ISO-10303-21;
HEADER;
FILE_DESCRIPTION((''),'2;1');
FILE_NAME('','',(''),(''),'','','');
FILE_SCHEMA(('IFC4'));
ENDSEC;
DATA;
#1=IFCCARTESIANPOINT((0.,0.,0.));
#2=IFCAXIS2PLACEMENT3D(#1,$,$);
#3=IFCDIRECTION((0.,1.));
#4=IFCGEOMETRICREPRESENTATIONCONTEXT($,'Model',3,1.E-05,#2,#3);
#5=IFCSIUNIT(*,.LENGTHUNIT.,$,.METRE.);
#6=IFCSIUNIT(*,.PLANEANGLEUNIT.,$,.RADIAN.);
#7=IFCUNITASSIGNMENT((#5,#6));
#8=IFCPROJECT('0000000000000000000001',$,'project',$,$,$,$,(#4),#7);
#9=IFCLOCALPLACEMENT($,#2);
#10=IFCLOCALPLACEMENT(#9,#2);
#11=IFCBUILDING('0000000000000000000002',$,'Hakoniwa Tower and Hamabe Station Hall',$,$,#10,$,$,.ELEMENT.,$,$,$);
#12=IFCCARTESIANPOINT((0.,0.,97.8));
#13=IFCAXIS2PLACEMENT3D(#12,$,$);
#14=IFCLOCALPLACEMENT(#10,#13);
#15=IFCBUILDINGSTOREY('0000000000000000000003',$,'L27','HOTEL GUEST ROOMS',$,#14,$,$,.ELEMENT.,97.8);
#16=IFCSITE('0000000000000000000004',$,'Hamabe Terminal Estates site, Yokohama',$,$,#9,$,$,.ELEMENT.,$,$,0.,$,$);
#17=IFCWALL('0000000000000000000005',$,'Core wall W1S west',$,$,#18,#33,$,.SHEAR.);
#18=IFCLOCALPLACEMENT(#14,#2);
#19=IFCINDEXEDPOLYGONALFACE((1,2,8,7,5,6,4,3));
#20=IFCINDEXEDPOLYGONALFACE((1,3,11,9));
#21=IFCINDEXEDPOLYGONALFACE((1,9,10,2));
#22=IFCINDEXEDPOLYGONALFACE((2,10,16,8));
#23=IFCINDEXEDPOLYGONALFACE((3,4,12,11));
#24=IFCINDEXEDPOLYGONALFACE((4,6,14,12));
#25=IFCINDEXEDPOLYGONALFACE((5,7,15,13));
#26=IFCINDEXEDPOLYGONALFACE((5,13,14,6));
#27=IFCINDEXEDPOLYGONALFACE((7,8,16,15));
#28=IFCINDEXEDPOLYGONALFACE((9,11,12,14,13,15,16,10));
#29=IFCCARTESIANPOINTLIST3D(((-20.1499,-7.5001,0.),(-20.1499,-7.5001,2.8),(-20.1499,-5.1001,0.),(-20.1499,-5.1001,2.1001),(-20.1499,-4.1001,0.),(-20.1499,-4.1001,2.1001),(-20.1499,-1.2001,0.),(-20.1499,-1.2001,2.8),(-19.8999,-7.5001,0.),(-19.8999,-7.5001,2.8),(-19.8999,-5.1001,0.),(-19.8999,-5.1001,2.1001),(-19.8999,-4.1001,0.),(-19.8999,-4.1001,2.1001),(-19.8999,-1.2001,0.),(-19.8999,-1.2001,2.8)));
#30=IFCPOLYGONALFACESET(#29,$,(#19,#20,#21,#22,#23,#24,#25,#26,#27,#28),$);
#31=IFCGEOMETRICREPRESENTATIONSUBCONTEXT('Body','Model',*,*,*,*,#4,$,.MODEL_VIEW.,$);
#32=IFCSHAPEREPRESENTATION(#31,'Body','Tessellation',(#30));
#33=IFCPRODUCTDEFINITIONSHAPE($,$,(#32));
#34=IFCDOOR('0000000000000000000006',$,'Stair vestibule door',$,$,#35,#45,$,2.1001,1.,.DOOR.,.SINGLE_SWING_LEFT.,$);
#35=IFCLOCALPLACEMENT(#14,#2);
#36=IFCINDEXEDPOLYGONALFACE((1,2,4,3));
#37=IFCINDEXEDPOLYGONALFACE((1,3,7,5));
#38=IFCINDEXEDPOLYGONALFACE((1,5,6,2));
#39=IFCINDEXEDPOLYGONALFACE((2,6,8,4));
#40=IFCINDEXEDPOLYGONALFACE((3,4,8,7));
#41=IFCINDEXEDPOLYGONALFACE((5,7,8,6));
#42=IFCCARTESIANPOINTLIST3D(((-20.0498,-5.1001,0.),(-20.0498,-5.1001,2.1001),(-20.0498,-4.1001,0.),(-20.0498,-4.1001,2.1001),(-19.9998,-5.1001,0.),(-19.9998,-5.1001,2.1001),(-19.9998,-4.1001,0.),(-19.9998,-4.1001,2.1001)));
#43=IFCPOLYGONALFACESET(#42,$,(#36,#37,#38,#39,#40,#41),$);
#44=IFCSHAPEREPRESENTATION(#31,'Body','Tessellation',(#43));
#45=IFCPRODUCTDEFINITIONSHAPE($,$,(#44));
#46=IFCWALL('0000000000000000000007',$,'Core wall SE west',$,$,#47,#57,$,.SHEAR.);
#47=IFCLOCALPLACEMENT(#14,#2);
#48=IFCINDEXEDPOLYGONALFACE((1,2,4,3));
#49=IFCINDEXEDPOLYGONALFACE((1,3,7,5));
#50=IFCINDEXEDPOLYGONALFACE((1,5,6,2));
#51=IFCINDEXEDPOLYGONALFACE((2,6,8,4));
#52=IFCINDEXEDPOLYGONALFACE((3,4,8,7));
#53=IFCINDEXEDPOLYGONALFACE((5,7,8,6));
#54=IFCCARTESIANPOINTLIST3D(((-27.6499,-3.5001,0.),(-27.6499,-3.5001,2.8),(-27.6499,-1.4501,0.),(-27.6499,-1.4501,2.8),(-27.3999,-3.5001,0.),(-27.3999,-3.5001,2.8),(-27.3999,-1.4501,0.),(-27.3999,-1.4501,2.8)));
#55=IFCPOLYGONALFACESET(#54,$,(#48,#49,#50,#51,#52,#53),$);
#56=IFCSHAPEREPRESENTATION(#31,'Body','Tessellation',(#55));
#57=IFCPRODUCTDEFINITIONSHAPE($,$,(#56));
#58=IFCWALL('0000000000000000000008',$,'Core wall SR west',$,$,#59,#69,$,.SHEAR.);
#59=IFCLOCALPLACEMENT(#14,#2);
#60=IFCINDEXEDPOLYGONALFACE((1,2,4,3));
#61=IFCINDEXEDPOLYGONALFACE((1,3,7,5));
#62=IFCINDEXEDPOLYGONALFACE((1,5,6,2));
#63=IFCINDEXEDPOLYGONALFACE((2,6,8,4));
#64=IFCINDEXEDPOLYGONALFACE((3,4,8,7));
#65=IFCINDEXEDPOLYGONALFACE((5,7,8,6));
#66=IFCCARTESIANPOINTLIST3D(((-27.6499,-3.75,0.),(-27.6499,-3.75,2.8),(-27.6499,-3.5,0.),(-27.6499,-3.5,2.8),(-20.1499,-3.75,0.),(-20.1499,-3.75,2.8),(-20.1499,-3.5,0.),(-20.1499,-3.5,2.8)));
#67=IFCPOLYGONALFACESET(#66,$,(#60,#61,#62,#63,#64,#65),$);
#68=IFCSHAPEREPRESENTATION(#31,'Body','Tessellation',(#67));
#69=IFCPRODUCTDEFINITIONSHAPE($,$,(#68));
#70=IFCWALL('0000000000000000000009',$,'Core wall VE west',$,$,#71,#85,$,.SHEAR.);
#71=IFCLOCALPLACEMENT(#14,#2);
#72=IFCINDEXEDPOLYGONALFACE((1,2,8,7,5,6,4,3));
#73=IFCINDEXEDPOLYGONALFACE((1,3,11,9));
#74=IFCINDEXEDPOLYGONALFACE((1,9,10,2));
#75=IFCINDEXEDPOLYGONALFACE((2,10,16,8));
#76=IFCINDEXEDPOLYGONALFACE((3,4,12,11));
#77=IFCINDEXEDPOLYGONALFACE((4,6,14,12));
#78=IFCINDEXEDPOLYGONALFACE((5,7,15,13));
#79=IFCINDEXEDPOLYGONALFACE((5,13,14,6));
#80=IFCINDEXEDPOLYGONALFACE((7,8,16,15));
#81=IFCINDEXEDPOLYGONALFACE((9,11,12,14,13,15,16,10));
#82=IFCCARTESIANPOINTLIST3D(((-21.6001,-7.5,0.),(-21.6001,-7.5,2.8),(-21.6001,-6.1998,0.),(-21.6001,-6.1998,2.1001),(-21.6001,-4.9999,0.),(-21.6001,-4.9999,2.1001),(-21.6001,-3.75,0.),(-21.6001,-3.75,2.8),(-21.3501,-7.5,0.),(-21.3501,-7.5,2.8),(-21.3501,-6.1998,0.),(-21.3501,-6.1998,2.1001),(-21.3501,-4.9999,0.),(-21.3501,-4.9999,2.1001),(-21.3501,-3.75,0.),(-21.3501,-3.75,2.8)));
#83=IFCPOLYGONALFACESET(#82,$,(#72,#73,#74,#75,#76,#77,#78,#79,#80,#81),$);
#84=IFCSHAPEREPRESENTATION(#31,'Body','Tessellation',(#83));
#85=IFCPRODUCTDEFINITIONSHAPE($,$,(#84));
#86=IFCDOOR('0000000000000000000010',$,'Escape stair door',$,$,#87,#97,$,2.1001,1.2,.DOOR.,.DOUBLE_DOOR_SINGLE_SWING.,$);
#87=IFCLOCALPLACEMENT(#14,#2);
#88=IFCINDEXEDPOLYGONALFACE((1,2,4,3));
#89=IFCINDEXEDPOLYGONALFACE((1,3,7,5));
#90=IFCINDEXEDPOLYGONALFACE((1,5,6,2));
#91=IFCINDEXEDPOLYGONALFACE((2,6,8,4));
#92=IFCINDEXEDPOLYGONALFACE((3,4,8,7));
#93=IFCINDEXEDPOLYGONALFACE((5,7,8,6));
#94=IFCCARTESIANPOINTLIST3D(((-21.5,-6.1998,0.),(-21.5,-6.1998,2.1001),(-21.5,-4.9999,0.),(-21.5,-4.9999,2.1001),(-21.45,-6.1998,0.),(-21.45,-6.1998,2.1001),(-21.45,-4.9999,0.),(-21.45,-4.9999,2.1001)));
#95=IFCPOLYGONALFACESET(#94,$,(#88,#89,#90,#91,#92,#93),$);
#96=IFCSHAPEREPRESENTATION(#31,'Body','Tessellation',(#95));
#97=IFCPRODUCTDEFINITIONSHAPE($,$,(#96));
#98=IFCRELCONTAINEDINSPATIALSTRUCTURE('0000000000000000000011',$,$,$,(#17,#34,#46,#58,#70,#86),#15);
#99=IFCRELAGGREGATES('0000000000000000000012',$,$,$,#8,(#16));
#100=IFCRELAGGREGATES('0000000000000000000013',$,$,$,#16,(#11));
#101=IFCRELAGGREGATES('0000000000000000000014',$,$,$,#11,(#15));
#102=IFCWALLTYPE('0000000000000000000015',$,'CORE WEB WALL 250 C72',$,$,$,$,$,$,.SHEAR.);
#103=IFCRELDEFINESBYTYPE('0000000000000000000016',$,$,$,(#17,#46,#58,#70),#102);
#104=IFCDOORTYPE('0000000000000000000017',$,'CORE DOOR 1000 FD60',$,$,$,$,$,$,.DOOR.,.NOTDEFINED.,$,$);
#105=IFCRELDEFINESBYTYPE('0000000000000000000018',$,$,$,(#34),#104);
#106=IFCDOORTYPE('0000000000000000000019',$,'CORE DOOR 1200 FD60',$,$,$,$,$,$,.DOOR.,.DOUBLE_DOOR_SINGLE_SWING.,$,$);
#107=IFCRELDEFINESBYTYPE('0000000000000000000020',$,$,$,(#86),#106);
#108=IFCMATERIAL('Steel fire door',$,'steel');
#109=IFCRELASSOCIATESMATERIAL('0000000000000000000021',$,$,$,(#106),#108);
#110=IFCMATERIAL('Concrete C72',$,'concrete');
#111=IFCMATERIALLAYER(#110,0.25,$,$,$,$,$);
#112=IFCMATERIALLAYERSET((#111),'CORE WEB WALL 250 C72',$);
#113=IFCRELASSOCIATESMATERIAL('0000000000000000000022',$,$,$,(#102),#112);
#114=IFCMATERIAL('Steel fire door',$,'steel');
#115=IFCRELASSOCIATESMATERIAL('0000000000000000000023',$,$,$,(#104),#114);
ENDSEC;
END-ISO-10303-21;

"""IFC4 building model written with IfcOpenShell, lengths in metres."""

from ifc_helpers import new_model, si_unit, direction, frame, frame_2d, origin, place, context, subcontext, project, spatial, rectangle, extrude, material, layer, layer_set, type_object, element, fill, save


model = new_model("IFC4")

# Units and contexts
model_context = context("Model", 3, precision=1e-05, world=origin(), true_north=direction((0.0, 1.0)))
body_context = subcontext(model_context, "Body", "Model", "MODEL_VIEW")
ifc_project = project(units=[si_unit("LENGTHUNIT", "METRE"), si_unit("PLANEANGLEUNIT", "RADIAN")], contexts=[model_context])

# Site, building, storey
site_placement = place(None, origin())
site = spatial("IfcSite", under=ifc_project, at=site_placement, Name="Hamabe Terminal Estates site, Yokohama", CompositionType="ELEMENT", RefElevation=0.0)
building_placement = place(site_placement, origin())
building = spatial("IfcBuilding", under=site, at=building_placement, Name="Hakoniwa Tower and Hamabe Station Hall", CompositionType="ELEMENT")
storey_placement = place(building_placement, frame((0.0, 0.0, 97.8)))
storey = spatial("IfcBuildingStorey", under=building, at=storey_placement, Name="L27", Description="HOTEL GUEST ROOMS", CompositionType="ELEMENT", Elevation=97.8)

# Wall, opening, door
ifc_material_1 = material(Name="Steel fire door", Category="steel")
door_type_1 = type_object("IfcDoorType", Name="CORE DOOR 1200 FD60", OperationType="DOUBLE_DOOR_SINGLE_SWING", PredefinedType="DOOR", material=ifc_material_1)
ifc_material_2 = material(Name="Concrete C72", Category="concrete")
ifc_layer_1 = layer(ifc_material_2, 0.25)
ifc_layer_set_1 = layer_set([ifc_layer_1], Name="CORE WEB WALL 250 C72")
wall_type_1 = type_object("IfcWallType", Name="CORE WEB WALL 250 C72", PredefinedType="SHEAR", material=ifc_layer_set_1)
wall_1_placement = place(storey_placement, frame((-20.0249, -7.5, 0.0), z_axis=(0.0, 0.0, 1.0), x_axis=(0.0, 1.0, 0.0)))
wall_1 = element("IfcWall", 1, at=wall_1_placement, inside=storey, type_object=wall_type_1, Name="Core wall W1S west", PredefinedType="SHEAR", context=body_context, shape_type="SweptSolid", body=[
    extrude(rectangle(XDim=6.3, YDim=0.25, at=frame_2d((3.1499, 0.0))), origin(), (0.0, 0.0, 1.0), 2.8),
])
opening_1_placement = place(wall_1_placement, frame((2.3999, 0.0, 0.0)))
opening_1 = element("IfcOpeningElement", 2, at=opening_1_placement, cuts=wall_1, PredefinedType="OPENING", context=body_context, shape_type="SweptSolid", body=[
    extrude(rectangle(XDim=1.0, YDim=2.1001, at=frame_2d((0.5, 1.05))), frame((0.0, 0.135, 0.0), z_axis=(0.0, -1.0, 0.0), x_axis=(1.0, 0.0, 0.0)), (0.0, 0.0, 1.0), 0.27),
])
ifc_material_3 = material(Name="Steel fire door", Category="steel")
door_type_2 = type_object("IfcDoorType", Name="CORE DOOR 1000 FD60", OperationType="NOTDEFINED", PredefinedType="DOOR", material=ifc_material_3)
door_1_placement = place(opening_1_placement, origin())
door_1 = element("IfcDoor", 3, at=door_1_placement, inside=storey, type_object=door_type_2, Name="Stair vestibule door", OperationType="SINGLE_SWING_LEFT", OverallHeight=2.1001, OverallWidth=1.0, PredefinedType="DOOR", context=body_context, shape_type="SweptSolid", body=[
    extrude(rectangle(XDim=1.0, YDim=2.1001, at=frame_2d((0.5, 1.05))), frame((0.0, 0.0249, 0.0), z_axis=(0.0, -1.0, 0.0), x_axis=(1.0, 0.0, 0.0)), (0.0, 0.0, 1.0), 0.05),
])
fill(opening_1, door_1)

# Walls
wall_2_placement = place(storey_placement, frame((-27.5249, -3.5, 0.0), z_axis=(0.0, 0.0, 1.0), x_axis=(0.0, 1.0, 0.0)))
element("IfcWall", 4, at=wall_2_placement, inside=storey, type_object=wall_type_1, Name="Core wall SE west", PredefinedType="SHEAR", context=body_context, shape_type="SweptSolid", body=[
    extrude(rectangle(XDim=2.05, YDim=0.25, at=frame_2d((1.0249, 0.0))), origin(), (0.0, 0.0, 1.0), 2.8),
])
wall_3_placement = place(storey_placement, frame((-27.6499, -3.625, 0.0), z_axis=(0.0, 0.0, 1.0), x_axis=(1.0, 0.0, 0.0)))
element("IfcWall", 5, at=wall_3_placement, inside=storey, type_object=wall_type_1, Name="Core wall SR west", PredefinedType="SHEAR", context=body_context, shape_type="SweptSolid", body=[
    extrude(rectangle(XDim=7.5, YDim=0.25, at=frame_2d((3.75, 0.0))), origin(), (0.0, 0.0, 1.0), 2.8),
])

# Wall, opening, door
wall_4_placement = place(storey_placement, frame((-21.4751, -7.5, 0.0), z_axis=(0.0, 0.0, 1.0), x_axis=(0.0, 1.0, 0.0)))
wall_4 = element("IfcWall", 6, at=wall_4_placement, inside=storey, type_object=wall_type_1, Name="Core wall VE west", PredefinedType="SHEAR", context=body_context, shape_type="SweptSolid", body=[
    extrude(rectangle(XDim=3.75, YDim=0.25, at=frame_2d((1.875, 0.0))), origin(), (0.0, 0.0, 1.0), 2.8),
])
opening_2_placement = place(wall_4_placement, frame((1.3, 0.0, 0.0)))
opening_2 = element("IfcOpeningElement", 7, at=opening_2_placement, cuts=wall_4, PredefinedType="OPENING", context=body_context, shape_type="SweptSolid", body=[
    extrude(rectangle(XDim=1.2, YDim=2.1001, at=frame_2d((0.6001, 1.05))), frame((0.0, 0.135, 0.0), z_axis=(0.0, -1.0, 0.0), x_axis=(1.0, 0.0, 0.0)), (0.0, 0.0, 1.0), 0.27),
])
door_2_placement = place(opening_2_placement, origin())
door_2 = element("IfcDoor", 8, at=door_2_placement, inside=storey, type_object=door_type_1, Name="Escape stair door", OperationType="DOUBLE_DOOR_SINGLE_SWING", OverallHeight=2.1001, OverallWidth=1.2, PredefinedType="DOOR", context=body_context, shape_type="SweptSolid", body=[
    extrude(rectangle(XDim=1.2, YDim=2.1001, at=frame_2d((0.6001, 1.05))), frame((0.0, 0.0249, 0.0), z_axis=(0.0, -1.0, 0.0), x_axis=(1.0, 0.0, 0.0)), (0.0, 0.0, 1.0), 0.05),
])
fill(opening_2, door_2)

save(model, "model.ifc")
